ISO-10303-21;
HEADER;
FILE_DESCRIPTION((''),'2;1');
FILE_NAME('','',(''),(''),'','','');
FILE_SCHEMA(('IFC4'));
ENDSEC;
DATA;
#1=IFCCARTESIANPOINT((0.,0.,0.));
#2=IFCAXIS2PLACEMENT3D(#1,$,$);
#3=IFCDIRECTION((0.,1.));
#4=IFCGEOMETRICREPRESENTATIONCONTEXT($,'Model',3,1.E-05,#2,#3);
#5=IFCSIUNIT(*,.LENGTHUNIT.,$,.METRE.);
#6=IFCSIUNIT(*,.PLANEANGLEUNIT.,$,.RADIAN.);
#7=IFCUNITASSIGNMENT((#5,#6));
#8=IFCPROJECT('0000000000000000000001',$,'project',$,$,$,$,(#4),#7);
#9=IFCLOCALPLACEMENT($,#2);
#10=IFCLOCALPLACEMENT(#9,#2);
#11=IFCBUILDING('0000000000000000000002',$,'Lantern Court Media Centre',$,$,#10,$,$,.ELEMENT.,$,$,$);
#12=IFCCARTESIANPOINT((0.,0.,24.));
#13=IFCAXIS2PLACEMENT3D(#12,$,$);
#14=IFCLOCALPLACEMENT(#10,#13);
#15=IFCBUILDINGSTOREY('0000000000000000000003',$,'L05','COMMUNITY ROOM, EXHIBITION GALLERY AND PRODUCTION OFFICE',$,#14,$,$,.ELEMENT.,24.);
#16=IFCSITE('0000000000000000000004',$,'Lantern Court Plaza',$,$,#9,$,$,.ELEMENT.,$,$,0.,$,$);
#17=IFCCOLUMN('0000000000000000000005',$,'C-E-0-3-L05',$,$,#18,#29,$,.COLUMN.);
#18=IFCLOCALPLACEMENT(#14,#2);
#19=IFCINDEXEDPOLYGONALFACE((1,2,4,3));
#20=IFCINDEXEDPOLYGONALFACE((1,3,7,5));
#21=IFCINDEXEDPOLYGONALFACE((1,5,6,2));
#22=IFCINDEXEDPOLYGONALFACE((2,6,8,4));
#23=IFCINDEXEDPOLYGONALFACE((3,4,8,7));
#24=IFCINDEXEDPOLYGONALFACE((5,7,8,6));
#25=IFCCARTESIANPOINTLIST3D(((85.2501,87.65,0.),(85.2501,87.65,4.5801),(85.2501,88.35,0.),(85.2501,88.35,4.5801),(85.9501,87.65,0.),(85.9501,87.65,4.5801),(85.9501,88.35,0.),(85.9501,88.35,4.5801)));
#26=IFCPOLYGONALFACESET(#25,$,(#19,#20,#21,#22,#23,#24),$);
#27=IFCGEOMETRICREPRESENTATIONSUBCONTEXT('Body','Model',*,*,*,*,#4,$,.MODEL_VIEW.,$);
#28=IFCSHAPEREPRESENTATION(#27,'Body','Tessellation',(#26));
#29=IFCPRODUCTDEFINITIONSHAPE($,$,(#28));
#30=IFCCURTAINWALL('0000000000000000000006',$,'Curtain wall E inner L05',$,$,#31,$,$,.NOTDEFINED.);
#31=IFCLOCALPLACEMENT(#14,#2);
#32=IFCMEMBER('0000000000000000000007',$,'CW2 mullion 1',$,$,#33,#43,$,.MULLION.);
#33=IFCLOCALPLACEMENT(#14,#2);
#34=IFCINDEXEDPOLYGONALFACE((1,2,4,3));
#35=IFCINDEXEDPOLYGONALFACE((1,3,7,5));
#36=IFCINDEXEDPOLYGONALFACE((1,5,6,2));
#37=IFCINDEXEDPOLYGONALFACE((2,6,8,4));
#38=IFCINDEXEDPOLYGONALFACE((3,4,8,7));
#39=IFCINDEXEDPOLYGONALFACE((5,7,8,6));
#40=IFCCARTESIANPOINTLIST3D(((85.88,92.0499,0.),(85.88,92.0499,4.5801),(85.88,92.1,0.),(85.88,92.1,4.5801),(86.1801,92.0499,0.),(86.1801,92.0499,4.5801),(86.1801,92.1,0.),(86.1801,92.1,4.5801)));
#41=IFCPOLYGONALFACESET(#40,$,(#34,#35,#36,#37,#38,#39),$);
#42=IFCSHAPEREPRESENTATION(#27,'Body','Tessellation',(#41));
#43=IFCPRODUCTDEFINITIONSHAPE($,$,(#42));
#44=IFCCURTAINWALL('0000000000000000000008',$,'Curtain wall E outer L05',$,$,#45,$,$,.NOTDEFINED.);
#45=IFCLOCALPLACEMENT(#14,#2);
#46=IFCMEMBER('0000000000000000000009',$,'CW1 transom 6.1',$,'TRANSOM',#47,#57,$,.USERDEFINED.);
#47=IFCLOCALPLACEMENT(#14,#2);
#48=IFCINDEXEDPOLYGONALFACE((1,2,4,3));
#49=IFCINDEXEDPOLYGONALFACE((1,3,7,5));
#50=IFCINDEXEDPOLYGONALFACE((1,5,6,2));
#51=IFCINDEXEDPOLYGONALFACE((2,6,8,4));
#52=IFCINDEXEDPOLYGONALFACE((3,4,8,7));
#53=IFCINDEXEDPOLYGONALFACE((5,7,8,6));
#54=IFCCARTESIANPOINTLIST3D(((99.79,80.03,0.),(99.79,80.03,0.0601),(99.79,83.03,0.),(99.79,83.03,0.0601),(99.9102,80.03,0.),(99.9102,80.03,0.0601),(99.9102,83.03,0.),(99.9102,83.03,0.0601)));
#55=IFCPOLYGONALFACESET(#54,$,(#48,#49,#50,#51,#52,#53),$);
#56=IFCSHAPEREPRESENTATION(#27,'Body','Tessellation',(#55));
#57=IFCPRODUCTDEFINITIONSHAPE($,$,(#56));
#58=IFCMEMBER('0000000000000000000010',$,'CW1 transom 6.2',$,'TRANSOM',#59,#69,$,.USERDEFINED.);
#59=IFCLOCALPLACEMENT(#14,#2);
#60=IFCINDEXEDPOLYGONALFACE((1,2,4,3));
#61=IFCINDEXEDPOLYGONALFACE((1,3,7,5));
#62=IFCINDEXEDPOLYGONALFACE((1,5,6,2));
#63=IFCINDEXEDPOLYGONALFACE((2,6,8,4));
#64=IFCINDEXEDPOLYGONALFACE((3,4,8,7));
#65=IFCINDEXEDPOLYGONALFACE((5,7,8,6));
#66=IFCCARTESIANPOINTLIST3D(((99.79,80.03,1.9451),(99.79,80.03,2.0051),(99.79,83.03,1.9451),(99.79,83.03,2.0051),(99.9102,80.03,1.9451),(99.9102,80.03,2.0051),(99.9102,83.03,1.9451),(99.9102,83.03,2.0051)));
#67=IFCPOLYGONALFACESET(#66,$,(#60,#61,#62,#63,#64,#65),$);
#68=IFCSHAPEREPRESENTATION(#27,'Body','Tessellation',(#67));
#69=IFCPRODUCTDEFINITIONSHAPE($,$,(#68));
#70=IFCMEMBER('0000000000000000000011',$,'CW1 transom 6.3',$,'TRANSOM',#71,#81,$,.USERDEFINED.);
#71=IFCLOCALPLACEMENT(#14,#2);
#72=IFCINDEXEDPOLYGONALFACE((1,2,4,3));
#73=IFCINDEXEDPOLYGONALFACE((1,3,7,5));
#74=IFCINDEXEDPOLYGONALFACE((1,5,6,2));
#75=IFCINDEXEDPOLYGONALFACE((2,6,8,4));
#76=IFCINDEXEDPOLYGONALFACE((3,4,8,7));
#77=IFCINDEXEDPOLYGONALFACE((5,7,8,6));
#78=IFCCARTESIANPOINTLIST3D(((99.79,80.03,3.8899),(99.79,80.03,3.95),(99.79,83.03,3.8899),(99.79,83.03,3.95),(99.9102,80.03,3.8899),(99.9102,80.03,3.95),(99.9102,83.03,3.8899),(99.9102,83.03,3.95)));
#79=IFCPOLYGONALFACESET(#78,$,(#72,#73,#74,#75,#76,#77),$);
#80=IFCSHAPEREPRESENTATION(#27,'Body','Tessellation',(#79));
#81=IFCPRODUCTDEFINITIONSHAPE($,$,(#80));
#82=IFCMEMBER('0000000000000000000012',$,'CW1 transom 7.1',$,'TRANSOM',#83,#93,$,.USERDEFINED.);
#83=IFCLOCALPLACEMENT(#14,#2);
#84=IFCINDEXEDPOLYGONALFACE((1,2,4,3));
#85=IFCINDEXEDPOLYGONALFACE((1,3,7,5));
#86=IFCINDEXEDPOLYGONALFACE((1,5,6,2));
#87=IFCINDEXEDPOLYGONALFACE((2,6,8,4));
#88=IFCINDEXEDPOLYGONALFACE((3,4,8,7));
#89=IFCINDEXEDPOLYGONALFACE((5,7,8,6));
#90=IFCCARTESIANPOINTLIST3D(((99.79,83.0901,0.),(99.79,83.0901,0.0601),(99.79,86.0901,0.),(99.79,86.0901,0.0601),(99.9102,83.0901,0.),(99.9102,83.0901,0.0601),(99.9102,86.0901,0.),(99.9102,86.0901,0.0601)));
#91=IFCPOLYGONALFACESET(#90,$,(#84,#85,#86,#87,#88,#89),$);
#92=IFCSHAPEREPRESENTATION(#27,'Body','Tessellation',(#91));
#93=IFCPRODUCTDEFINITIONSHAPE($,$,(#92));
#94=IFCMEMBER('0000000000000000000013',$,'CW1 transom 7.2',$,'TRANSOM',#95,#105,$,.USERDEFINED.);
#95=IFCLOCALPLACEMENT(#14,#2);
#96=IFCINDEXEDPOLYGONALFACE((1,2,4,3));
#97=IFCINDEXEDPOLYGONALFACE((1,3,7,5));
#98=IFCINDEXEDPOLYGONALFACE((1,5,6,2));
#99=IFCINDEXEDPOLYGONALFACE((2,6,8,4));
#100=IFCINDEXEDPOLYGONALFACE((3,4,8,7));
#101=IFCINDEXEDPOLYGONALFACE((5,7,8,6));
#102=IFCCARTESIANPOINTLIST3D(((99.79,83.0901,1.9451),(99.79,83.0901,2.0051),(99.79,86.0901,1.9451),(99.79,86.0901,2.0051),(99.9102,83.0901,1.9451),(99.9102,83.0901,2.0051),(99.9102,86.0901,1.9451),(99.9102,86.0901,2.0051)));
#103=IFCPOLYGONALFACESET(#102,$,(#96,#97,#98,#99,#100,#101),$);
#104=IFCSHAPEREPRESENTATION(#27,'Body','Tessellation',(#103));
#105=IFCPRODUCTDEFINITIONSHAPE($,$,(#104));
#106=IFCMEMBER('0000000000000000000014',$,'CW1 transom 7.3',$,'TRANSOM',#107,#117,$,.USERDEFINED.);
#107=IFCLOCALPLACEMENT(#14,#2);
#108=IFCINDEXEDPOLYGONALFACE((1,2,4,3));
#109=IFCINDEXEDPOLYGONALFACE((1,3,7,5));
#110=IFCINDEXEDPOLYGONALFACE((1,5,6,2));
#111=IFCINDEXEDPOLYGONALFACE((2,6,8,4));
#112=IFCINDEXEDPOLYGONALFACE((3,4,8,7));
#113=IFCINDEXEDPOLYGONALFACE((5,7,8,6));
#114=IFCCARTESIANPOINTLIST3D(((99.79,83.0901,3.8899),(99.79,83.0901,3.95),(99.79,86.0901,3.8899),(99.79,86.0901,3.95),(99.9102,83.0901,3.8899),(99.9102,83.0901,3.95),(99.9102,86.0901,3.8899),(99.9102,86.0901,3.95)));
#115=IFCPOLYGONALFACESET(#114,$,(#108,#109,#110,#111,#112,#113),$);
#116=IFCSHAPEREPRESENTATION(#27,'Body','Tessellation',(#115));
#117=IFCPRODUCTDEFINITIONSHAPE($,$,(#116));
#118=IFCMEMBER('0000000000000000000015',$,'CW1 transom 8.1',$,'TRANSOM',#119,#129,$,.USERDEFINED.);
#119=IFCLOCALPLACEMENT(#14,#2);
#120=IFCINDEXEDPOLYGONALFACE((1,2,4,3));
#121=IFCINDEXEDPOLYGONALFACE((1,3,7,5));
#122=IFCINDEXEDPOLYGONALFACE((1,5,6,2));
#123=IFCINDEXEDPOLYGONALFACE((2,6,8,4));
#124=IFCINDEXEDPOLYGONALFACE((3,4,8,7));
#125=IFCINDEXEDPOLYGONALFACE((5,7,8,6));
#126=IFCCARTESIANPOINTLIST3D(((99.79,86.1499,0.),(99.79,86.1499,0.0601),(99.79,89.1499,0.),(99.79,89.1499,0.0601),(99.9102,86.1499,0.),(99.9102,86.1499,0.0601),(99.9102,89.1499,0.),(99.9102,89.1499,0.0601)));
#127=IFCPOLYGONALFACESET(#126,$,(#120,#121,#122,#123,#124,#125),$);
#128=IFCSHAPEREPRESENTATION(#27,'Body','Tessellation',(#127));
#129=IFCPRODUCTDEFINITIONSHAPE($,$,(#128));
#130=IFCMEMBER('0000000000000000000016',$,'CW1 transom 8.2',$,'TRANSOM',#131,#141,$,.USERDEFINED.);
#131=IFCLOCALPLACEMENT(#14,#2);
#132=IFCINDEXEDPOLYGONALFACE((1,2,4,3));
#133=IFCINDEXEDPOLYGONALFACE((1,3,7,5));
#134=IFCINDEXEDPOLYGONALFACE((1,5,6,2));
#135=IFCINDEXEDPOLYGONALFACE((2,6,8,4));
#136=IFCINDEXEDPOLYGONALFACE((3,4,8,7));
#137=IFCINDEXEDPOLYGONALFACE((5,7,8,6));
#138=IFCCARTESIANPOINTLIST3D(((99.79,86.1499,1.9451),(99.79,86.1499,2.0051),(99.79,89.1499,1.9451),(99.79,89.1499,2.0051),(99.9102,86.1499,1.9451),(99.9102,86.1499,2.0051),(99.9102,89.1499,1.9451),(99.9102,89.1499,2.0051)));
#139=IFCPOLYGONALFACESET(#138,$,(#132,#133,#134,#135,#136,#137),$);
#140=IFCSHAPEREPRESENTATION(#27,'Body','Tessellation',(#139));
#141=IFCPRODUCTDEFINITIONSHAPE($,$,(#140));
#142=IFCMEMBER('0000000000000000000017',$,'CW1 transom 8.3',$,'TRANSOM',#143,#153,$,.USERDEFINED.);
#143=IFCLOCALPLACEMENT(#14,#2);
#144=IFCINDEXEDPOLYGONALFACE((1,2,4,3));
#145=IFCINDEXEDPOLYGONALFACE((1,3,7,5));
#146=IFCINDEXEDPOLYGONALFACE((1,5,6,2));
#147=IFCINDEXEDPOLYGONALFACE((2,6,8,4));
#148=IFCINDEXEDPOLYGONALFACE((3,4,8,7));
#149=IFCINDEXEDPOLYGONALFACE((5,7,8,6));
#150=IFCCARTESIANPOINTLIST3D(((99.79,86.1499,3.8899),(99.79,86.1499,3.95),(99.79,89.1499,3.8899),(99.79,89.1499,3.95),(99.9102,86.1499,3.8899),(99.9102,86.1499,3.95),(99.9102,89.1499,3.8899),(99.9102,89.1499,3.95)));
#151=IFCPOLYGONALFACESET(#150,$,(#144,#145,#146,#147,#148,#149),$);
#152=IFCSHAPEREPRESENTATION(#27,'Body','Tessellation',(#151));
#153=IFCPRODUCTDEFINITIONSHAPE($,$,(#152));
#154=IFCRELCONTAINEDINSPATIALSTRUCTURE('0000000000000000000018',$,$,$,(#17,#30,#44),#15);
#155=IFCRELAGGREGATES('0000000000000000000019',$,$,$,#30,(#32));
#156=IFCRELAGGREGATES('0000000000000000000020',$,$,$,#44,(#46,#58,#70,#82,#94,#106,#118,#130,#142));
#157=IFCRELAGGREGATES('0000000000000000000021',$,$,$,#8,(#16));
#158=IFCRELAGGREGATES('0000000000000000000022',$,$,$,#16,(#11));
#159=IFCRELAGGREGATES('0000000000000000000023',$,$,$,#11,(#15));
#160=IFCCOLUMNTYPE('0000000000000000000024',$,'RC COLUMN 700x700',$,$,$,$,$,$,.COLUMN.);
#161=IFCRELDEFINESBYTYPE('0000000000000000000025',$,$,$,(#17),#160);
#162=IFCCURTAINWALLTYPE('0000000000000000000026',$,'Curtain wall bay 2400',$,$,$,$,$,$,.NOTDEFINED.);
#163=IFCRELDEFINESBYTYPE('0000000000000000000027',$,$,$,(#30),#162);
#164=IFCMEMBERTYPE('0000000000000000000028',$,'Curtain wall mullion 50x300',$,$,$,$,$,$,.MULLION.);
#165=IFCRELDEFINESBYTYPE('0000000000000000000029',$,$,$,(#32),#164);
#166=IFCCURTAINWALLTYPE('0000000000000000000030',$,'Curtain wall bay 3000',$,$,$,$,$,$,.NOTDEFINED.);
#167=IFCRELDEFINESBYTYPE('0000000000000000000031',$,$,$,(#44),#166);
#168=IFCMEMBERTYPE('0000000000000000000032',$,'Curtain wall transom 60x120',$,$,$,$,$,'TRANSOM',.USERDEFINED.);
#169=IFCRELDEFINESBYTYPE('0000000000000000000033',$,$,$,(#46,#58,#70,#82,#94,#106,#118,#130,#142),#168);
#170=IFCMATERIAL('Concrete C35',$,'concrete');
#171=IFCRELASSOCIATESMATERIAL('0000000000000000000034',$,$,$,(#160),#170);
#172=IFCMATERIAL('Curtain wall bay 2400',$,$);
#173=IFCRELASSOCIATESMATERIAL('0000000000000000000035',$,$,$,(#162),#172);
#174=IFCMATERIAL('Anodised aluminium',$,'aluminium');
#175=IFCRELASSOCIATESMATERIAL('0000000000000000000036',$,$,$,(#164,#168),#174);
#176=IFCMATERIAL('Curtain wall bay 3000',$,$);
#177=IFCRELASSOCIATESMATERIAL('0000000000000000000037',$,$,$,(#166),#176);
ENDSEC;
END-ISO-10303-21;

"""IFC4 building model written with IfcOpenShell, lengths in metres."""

from ifc_helpers import new_model, si_unit, direction, frame, origin, origin_2d, place, context, subcontext, project, spatial, rectangle, extrude, material, material_profile, profile_set, type_object, element, aggregate, save


model = new_model("IFC4")

# Units and contexts
model_context = context("Model", 3, precision=1e-05, world=origin(), true_north=direction((0.0, 1.0)))
body_context = subcontext(model_context, "Body", "Model", "MODEL_VIEW")
ifc_project = project(units=[si_unit("LENGTHUNIT", "METRE"), si_unit("PLANEANGLEUNIT", "RADIAN")], contexts=[model_context])

# Site, building, storey
site_placement = place(None, origin())
site = spatial("IfcSite", under=ifc_project, at=site_placement, Name="Lantern Court Plaza", CompositionType="ELEMENT", RefElevation=0.0)
building_placement = place(site_placement, origin())
building = spatial("IfcBuilding", under=site, at=building_placement, Name="Lantern Court Media Centre", CompositionType="ELEMENT")
storey_placement = place(building_placement, frame((0.0, 0.0, 24.0)))
storey = spatial("IfcBuildingStorey", under=building, at=storey_placement, Name="L05", Description="COMMUNITY ROOM, EXHIBITION GALLERY AND PRODUCTION OFFICE", CompositionType="ELEMENT", Elevation=24.0)

# Column
ifc_material_1 = material(Name="Concrete C35", Category="concrete")
ifc_material_profile_1 = material_profile(ifc_material_1, rectangle(XDim=0.7, YDim=0.7, at=origin_2d()), Name="RC 700x700")
ifc_profile_set_1 = profile_set([ifc_material_profile_1], Name="Concrete C35")
column_type = type_object("IfcColumnType", Name="RC COLUMN 700x700", PredefinedType="COLUMN", material=ifc_profile_set_1)
column_placement = place(storey_placement, frame((85.6001, 88.0, 0.0), z_axis=(0.0, 0.0, 1.0), x_axis=(1.0, 0.0, 0.0)))
element("IfcColumn", 1, at=column_placement, inside=storey, type_object=column_type, Name="C-E-0-3-L05", PredefinedType="COLUMN", context=body_context, shape_type="SweptSolid", body=[
    extrude(rectangle(XDim=0.7, YDim=0.7, at=origin_2d()), origin(), (0.0, 0.0, 1.0), 4.5801),
])

# Curtain wall, member
ifc_material_2 = material(Name="Curtain wall bay 2400")
curtain_wall_type_1 = type_object("IfcCurtainWallType", Name="Curtain wall bay 2400", PredefinedType="NOTDEFINED", material=ifc_material_2)
curtain_wall_1_placement = place(storey_placement, origin())
curtain_wall_1 = element("IfcCurtainWall", 2, at=curtain_wall_1_placement, inside=storey, type_object=curtain_wall_type_1, Name="Curtain wall E inner L05", PredefinedType="NOTDEFINED")
ifc_material_3 = material(Name="Anodised aluminium", Category="aluminium")
ifc_material_profile_2 = material_profile(ifc_material_3, rectangle(XDim=0.3, YDim=0.05, at=origin_2d()), Name="AL 50x300")
ifc_profile_set_2 = profile_set([ifc_material_profile_2], Name="Anodised aluminium")
member_type_1 = type_object("IfcMemberType", Name="Curtain wall mullion 50x300", PredefinedType="MULLION", material=ifc_profile_set_2)
member_1_placement = place(storey_placement, frame((86.03, 92.075, 0.0), z_axis=(0.0, 0.0, 1.0), x_axis=(-1.0, 0.0, 0.0)))
member_1 = element("IfcMember", 3, at=member_1_placement, type_object=member_type_1, Name="CW2 mullion 1", PredefinedType="MULLION", context=body_context, shape_type="SweptSolid", body=[
    extrude(rectangle(XDim=0.3, YDim=0.05, at=origin_2d()), origin(), (0.0, 0.0, 1.0), 4.5801),
])
aggregate(curtain_wall_1, [member_1])

# Curtain wall, members
ifc_material_4 = material(Name="Curtain wall bay 3000")
curtain_wall_type_2 = type_object("IfcCurtainWallType", Name="Curtain wall bay 3000", PredefinedType="NOTDEFINED", material=ifc_material_4)
curtain_wall_2_placement = place(storey_placement, origin())
curtain_wall_2 = element("IfcCurtainWall", 4, at=curtain_wall_2_placement, inside=storey, type_object=curtain_wall_type_2, Name="Curtain wall E outer L05", PredefinedType="NOTDEFINED")
ifc_material_profile_3 = material_profile(ifc_material_3, rectangle(XDim=0.1201, YDim=0.0601, at=origin_2d()), Name="AL 60x120")
ifc_profile_set_3 = profile_set([ifc_material_profile_3], Name="Anodised aluminium")
member_type_2 = type_object("IfcMemberType", Name="Curtain wall transom 60x120", ElementType="TRANSOM", PredefinedType="USERDEFINED", material=ifc_profile_set_3)
member_2_placement = place(storey_placement, frame((99.8501, 80.03, 0.03), z_axis=(0.0, 1.0, 0.0), x_axis=(-1.0, 0.0, 0.0)))
member_2 = element("IfcMember", 5, at=member_2_placement, type_object=member_type_2, Name="CW1 transom 6.1", ObjectType="TRANSOM", PredefinedType="USERDEFINED", context=body_context, shape_type="SweptSolid", body=[
    extrude(rectangle(XDim=0.1201, YDim=0.0601, at=origin_2d()), origin(), (0.0, 0.0, 1.0), 3.0),
])
member_3_placement = place(storey_placement, frame((99.8501, 80.03, 1.9751), z_axis=(0.0, 1.0, 0.0), x_axis=(-1.0, 0.0, 0.0)))
member_3 = element("IfcMember", 6, at=member_3_placement, type_object=member_type_2, Name="CW1 transom 6.2", ObjectType="TRANSOM", PredefinedType="USERDEFINED", context=body_context, shape_type="SweptSolid", body=[
    extrude(rectangle(XDim=0.1201, YDim=0.0601, at=origin_2d()), origin(), (0.0, 0.0, 1.0), 3.0),
])
member_4_placement = place(storey_placement, frame((99.8501, 80.03, 3.9199), z_axis=(0.0, 1.0, 0.0), x_axis=(-1.0, 0.0, 0.0)))
member_4 = element("IfcMember", 7, at=member_4_placement, type_object=member_type_2, Name="CW1 transom 6.3", ObjectType="TRANSOM", PredefinedType="USERDEFINED", context=body_context, shape_type="SweptSolid", body=[
    extrude(rectangle(XDim=0.1201, YDim=0.0601, at=origin_2d()), origin(), (0.0, 0.0, 1.0), 3.0),
])
member_5_placement = place(storey_placement, frame((99.8501, 83.0901, 0.03), z_axis=(0.0, 1.0, 0.0), x_axis=(-1.0, 0.0, 0.0)))
member_5 = element("IfcMember", 8, at=member_5_placement, type_object=member_type_2, Name="CW1 transom 7.1", ObjectType="TRANSOM", PredefinedType="USERDEFINED", context=body_context, shape_type="SweptSolid", body=[
    extrude(rectangle(XDim=0.1201, YDim=0.0601, at=origin_2d()), origin(), (0.0, 0.0, 1.0), 3.0),
])
member_6_placement = place(storey_placement, frame((99.8501, 83.0901, 1.9751), z_axis=(0.0, 1.0, 0.0), x_axis=(-1.0, 0.0, 0.0)))
member_6 = element("IfcMember", 9, at=member_6_placement, type_object=member_type_2, Name="CW1 transom 7.2", ObjectType="TRANSOM", PredefinedType="USERDEFINED", context=body_context, shape_type="SweptSolid", body=[
    extrude(rectangle(XDim=0.1201, YDim=0.0601, at=origin_2d()), origin(), (0.0, 0.0, 1.0), 3.0),
])
member_7_placement = place(storey_placement, frame((99.8501, 83.0901, 3.9199), z_axis=(0.0, 1.0, 0.0), x_axis=(-1.0, 0.0, 0.0)))
member_7 = element("IfcMember", 10, at=member_7_placement, type_object=member_type_2, Name="CW1 transom 7.3", ObjectType="TRANSOM", PredefinedType="USERDEFINED", context=body_context, shape_type="SweptSolid", body=[
    extrude(rectangle(XDim=0.1201, YDim=0.0601, at=origin_2d()), origin(), (0.0, 0.0, 1.0), 3.0),
])
member_8_placement = place(storey_placement, frame((99.8501, 86.1499, 0.03), z_axis=(0.0, 1.0, 0.0), x_axis=(-1.0, 0.0, 0.0)))
member_8 = element("IfcMember", 11, at=member_8_placement, type_object=member_type_2, Name="CW1 transom 8.1", ObjectType="TRANSOM", PredefinedType="USERDEFINED", context=body_context, shape_type="SweptSolid", body=[
    extrude(rectangle(XDim=0.1201, YDim=0.0601, at=origin_2d()), origin(), (0.0, 0.0, 1.0), 3.0),
])
member_9_placement = place(storey_placement, frame((99.8501, 86.1499, 1.9751), z_axis=(0.0, 1.0, 0.0), x_axis=(-1.0, 0.0, 0.0)))
member_9 = element("IfcMember", 12, at=member_9_placement, type_object=member_type_2, Name="CW1 transom 8.2", ObjectType="TRANSOM", PredefinedType="USERDEFINED", context=body_context, shape_type="SweptSolid", body=[
    extrude(rectangle(XDim=0.1201, YDim=0.0601, at=origin_2d()), origin(), (0.0, 0.0, 1.0), 3.0),
])
member_10_placement = place(storey_placement, frame((99.8501, 86.1499, 3.9199), z_axis=(0.0, 1.0, 0.0), x_axis=(-1.0, 0.0, 0.0)))
member_10 = element("IfcMember", 13, at=member_10_placement, type_object=member_type_2, Name="CW1 transom 8.3", ObjectType="TRANSOM", PredefinedType="USERDEFINED", context=body_context, shape_type="SweptSolid", body=[
    extrude(rectangle(XDim=0.1201, YDim=0.0601, at=origin_2d()), origin(), (0.0, 0.0, 1.0), 3.0),
])

aggregate(curtain_wall_2, [member_2, member_3, member_4, member_5, member_6, member_7, member_8, member_9, member_10])

save(model, "model.ifc")
